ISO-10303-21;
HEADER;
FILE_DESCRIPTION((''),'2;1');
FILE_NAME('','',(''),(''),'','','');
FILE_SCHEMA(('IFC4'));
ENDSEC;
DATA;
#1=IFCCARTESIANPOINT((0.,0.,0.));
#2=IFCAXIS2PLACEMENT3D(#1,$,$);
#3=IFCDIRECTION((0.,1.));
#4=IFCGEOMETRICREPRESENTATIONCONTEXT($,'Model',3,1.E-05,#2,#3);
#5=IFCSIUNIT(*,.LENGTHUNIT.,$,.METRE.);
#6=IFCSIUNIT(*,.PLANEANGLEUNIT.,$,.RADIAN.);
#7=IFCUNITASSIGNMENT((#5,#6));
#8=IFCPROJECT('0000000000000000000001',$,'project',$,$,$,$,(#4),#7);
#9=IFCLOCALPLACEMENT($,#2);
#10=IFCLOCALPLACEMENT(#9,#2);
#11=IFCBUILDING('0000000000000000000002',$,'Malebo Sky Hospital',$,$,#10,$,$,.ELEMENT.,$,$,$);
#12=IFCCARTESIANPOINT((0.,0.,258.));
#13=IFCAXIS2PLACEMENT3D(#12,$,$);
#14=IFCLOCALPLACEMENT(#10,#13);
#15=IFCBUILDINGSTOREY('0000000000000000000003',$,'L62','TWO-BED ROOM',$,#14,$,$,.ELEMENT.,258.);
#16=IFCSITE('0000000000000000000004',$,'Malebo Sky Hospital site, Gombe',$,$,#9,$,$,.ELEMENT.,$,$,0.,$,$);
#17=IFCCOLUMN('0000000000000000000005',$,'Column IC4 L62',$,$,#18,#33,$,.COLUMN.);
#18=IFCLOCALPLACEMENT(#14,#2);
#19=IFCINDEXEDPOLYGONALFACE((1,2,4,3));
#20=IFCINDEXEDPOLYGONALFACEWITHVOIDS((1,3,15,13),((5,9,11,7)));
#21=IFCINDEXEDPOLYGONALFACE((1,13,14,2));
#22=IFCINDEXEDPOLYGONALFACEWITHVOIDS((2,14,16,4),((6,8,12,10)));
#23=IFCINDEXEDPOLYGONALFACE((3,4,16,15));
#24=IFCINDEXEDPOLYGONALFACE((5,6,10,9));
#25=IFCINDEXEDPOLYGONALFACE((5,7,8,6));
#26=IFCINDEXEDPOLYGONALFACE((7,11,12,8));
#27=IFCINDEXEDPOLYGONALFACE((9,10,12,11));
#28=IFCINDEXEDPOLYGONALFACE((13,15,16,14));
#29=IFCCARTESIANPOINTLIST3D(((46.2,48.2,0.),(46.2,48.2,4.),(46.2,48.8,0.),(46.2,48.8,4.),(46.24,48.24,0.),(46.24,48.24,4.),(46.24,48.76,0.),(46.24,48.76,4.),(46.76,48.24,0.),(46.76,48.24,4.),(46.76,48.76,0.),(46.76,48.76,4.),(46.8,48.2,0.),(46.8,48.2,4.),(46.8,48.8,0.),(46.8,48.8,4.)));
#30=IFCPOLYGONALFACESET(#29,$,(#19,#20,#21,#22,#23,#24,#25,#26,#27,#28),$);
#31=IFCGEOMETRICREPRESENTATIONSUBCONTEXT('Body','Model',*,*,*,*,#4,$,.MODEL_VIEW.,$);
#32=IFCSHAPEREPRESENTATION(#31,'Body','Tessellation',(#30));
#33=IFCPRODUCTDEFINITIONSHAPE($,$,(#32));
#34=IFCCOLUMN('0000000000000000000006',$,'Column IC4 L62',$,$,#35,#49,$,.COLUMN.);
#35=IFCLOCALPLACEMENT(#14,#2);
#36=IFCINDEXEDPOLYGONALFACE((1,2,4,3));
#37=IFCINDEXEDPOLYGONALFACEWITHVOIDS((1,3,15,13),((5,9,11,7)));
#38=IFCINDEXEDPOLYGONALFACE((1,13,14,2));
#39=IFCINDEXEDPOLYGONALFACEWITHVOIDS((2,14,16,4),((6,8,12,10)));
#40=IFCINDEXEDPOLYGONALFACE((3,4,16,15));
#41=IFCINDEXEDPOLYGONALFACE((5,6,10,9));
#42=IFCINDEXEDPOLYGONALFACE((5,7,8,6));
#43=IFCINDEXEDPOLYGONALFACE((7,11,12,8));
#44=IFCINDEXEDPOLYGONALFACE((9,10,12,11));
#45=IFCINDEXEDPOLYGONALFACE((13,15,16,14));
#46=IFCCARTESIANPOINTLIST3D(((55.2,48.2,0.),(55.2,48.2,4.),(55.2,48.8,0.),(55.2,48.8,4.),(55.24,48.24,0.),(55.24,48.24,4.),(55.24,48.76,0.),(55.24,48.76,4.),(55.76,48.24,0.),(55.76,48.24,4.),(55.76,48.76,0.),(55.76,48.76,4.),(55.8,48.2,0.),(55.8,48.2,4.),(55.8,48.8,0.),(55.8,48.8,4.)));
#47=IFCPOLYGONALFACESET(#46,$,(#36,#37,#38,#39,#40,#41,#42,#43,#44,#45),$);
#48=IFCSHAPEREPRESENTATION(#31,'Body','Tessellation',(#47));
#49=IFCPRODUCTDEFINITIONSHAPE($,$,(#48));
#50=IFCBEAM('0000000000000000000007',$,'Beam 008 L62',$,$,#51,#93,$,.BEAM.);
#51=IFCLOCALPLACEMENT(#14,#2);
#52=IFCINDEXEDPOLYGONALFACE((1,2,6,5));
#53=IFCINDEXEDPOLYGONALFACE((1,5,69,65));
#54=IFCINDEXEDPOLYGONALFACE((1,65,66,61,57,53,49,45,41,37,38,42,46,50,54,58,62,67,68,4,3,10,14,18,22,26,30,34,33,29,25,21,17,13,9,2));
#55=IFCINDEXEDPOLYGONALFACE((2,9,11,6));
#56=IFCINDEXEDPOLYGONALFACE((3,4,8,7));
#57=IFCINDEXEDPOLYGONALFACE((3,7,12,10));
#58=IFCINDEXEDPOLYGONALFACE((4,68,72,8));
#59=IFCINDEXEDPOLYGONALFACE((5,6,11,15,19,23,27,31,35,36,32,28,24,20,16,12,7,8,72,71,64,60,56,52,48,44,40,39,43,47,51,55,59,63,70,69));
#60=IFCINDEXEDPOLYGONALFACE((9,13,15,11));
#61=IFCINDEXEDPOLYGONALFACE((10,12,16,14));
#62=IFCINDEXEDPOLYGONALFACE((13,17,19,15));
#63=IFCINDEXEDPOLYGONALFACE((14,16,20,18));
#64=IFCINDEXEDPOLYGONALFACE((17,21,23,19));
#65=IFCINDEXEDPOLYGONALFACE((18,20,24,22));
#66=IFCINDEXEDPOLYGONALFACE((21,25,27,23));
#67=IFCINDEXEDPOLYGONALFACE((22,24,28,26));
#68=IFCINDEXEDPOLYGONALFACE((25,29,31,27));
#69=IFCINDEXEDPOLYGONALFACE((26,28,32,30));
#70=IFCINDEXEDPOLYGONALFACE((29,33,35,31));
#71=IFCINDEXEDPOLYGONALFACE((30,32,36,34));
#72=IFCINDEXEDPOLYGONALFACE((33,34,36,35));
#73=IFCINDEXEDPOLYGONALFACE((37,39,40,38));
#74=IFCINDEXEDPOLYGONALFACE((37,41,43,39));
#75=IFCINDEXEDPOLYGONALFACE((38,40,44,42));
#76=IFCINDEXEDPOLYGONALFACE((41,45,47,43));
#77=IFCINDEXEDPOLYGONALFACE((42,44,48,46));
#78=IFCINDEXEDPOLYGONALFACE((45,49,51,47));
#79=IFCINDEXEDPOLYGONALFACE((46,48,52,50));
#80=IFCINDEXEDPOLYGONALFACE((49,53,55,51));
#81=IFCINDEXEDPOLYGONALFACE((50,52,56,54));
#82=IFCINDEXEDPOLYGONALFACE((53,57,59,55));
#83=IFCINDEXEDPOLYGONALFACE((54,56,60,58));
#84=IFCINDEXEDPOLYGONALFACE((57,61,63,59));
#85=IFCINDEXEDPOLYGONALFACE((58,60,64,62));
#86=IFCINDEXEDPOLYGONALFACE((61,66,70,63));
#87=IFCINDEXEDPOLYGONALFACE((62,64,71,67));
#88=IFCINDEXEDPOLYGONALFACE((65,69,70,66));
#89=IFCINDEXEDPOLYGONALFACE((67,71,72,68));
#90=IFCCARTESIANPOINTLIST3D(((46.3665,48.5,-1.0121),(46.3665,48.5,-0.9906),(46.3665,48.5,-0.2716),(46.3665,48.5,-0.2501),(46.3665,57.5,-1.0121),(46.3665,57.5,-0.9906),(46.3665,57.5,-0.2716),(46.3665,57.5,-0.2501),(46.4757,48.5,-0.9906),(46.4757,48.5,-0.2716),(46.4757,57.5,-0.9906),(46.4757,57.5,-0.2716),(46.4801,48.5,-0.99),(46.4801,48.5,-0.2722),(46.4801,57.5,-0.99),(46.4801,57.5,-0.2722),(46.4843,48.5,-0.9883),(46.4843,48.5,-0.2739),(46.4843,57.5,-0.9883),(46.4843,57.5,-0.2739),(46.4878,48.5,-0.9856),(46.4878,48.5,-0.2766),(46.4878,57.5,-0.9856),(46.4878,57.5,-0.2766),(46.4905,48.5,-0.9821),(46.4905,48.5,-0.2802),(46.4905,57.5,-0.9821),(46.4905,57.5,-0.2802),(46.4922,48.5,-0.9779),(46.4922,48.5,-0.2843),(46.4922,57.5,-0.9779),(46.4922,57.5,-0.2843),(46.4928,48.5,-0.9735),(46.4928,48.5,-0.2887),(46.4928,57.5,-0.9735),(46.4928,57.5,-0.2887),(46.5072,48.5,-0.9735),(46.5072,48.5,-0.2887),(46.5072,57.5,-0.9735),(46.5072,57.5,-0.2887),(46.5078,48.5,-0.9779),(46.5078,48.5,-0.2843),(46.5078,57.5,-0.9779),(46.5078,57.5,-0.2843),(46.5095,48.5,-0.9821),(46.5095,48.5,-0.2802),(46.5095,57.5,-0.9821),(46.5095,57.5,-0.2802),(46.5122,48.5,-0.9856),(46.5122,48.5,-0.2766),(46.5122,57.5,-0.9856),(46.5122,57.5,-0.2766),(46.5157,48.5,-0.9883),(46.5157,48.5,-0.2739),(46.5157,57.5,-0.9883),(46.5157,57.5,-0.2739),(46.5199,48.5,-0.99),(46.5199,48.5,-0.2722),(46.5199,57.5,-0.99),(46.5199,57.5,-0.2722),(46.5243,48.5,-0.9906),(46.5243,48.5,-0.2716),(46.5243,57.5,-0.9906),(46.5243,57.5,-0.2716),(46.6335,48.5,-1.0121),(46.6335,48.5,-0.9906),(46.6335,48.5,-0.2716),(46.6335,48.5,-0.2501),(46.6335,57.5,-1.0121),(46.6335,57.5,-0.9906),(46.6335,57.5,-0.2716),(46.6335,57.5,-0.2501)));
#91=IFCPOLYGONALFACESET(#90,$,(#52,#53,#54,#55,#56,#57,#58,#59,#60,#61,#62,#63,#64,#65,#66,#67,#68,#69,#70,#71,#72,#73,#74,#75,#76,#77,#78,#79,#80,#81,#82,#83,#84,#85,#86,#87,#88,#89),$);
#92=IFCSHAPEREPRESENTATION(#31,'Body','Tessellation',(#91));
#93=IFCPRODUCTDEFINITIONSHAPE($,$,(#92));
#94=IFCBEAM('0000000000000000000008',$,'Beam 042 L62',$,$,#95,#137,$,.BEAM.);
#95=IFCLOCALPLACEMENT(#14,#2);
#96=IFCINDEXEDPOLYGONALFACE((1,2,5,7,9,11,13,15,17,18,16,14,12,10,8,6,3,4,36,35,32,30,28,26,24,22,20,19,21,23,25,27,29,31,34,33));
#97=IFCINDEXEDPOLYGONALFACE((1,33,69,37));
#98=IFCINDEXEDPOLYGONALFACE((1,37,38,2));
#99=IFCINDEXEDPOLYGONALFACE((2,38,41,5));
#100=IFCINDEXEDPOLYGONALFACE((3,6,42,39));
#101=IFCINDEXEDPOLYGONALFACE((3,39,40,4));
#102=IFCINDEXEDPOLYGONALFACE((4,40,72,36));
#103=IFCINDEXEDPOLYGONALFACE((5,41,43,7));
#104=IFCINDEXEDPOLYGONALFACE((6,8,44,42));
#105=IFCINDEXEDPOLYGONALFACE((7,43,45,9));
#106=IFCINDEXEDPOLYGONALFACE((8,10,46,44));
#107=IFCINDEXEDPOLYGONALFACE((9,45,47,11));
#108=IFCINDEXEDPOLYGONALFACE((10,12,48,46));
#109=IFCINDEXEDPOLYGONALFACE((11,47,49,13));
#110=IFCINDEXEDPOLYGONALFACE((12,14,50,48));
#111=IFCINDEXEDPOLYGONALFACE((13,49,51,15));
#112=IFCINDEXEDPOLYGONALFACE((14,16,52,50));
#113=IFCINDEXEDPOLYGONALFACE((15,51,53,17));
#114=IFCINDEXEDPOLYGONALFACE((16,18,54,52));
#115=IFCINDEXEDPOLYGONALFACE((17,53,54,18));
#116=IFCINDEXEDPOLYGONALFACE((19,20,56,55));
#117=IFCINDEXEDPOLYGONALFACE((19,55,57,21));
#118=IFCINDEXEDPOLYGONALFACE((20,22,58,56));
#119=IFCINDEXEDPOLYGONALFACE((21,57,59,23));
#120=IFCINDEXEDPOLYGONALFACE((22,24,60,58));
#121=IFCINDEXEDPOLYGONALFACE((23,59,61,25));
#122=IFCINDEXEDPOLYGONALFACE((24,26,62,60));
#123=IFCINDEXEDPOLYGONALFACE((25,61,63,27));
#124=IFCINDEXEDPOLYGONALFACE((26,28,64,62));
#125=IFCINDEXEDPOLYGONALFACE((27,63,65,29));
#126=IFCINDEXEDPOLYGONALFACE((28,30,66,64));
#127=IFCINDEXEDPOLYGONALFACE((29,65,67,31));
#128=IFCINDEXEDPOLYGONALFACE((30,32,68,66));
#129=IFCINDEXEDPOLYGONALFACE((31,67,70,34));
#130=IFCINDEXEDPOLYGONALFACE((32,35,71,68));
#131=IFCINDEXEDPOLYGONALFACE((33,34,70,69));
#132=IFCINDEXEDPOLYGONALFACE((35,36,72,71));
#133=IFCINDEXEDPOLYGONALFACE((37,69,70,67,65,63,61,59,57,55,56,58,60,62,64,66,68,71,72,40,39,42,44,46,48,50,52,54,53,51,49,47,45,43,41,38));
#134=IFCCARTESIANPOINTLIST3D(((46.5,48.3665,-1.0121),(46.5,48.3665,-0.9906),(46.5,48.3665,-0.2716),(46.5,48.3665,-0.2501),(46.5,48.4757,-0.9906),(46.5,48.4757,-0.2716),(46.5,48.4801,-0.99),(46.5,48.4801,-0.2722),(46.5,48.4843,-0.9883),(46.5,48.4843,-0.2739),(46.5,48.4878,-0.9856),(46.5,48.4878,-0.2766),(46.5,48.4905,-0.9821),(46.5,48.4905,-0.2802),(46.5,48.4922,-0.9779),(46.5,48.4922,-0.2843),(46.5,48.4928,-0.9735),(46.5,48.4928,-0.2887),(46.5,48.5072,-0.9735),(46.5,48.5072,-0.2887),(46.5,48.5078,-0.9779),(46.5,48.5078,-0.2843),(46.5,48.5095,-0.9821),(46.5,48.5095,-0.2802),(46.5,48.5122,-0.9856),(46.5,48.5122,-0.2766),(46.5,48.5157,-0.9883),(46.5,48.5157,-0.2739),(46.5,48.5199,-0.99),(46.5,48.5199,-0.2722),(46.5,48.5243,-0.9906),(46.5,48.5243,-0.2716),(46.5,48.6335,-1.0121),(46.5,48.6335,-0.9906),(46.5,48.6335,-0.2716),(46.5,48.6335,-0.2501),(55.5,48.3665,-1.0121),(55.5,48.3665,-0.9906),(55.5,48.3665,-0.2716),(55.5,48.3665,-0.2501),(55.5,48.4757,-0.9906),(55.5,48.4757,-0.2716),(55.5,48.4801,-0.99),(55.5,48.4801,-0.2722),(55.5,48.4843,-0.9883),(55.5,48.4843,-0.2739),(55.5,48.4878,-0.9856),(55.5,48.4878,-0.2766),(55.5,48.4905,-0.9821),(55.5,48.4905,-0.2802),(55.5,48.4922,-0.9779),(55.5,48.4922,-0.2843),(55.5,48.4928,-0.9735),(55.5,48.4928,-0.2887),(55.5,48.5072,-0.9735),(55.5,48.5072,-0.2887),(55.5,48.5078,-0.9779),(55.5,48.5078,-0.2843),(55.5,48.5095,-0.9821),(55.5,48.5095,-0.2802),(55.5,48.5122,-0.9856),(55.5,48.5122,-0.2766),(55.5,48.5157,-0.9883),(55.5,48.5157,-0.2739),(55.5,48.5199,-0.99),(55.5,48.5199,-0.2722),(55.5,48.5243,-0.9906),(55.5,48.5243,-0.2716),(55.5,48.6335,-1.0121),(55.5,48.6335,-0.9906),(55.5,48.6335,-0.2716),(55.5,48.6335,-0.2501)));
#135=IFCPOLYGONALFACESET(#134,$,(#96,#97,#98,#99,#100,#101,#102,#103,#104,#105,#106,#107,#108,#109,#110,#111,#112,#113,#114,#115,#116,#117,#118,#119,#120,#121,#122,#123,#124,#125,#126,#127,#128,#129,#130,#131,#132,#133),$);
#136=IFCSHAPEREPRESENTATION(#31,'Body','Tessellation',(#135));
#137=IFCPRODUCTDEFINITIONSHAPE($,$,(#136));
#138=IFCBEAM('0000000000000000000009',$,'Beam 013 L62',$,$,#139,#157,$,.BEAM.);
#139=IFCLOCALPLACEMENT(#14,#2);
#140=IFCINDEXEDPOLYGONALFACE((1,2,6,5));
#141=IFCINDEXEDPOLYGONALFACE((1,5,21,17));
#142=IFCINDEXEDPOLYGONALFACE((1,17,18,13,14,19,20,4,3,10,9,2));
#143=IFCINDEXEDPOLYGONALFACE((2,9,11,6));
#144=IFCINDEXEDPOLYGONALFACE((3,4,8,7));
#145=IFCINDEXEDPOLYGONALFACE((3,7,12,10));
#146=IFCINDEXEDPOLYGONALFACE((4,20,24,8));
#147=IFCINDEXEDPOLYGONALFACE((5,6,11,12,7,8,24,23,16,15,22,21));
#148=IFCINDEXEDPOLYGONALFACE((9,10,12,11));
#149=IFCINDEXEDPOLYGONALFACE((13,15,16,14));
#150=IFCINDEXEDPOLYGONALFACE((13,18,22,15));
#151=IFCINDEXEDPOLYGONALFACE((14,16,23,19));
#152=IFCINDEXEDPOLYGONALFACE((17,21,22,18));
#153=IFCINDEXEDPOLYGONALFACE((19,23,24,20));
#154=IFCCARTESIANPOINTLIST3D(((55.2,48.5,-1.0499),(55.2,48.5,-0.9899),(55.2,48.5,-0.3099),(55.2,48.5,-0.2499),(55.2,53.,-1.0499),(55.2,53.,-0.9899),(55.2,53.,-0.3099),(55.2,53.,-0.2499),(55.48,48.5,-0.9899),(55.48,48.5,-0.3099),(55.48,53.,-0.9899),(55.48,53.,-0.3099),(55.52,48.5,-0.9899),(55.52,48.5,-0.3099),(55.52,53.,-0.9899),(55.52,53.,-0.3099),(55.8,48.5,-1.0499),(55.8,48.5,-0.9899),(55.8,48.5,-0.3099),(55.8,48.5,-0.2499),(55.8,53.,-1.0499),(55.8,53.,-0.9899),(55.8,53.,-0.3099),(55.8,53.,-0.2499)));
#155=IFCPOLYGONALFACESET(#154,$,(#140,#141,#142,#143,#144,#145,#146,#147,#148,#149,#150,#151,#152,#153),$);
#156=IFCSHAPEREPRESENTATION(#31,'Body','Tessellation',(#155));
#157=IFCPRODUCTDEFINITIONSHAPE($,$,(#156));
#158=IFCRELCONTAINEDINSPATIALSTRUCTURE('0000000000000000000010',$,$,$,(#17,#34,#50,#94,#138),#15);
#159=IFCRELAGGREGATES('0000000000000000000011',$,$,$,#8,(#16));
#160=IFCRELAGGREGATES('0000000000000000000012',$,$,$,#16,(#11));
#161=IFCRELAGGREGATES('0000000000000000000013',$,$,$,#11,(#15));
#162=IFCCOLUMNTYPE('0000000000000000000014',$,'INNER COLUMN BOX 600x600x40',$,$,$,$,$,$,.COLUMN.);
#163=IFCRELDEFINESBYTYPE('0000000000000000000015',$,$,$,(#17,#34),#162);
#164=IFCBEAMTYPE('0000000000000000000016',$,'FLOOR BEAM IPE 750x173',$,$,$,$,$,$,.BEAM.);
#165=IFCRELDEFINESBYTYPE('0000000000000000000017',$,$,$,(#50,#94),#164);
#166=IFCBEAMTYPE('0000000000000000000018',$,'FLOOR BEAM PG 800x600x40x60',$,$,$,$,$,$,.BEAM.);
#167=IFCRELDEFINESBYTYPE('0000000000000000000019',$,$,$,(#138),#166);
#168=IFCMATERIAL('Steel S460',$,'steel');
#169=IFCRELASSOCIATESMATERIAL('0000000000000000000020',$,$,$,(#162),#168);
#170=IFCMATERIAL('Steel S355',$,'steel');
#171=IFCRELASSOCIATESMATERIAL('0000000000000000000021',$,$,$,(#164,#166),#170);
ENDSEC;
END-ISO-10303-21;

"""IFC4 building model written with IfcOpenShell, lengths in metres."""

from ifc_helpers import new_model, si_unit, direction, frame, origin, origin_2d, place, context, subcontext, project, spatial, hollow_rectangle, i_section, extrude, material, material_profile, profile_set, type_object, element, save


model = new_model("IFC4")

# Units and contexts
model_context = context("Model", 3, precision=1e-05, world=origin(), true_north=direction((0.0, 1.0)))
body_context = subcontext(model_context, "Body", "Model", "MODEL_VIEW")
ifc_project = project(units=[si_unit("LENGTHUNIT", "METRE"), si_unit("PLANEANGLEUNIT", "RADIAN")], contexts=[model_context])

# Site, building, storey
site_placement = place(None, origin())
site = spatial("IfcSite", under=ifc_project, at=site_placement, Name="Malebo Sky Hospital site, Gombe", CompositionType="ELEMENT", RefElevation=0.0)
building_placement = place(site_placement, origin())
building = spatial("IfcBuilding", under=site, at=building_placement, Name="Malebo Sky Hospital", CompositionType="ELEMENT")
storey_placement = place(building_placement, frame((0.0, 0.0, 258.0)))
storey = spatial("IfcBuildingStorey", under=building, at=storey_placement, Name="L62", Description="TWO-BED ROOM", CompositionType="ELEMENT", Elevation=258.0)

# Columns
ifc_material_1 = material(Name="Steel S460", Category="steel")
ifc_material_profile_1 = material_profile(ifc_material_1, hollow_rectangle(XDim=0.6001, YDim=0.6001, WallThickness=0.04, at=origin_2d()), Name="BOX 600x600x40")
ifc_profile_set_1 = profile_set([ifc_material_profile_1], Name="Steel S460")
column_type = type_object("IfcColumnType", Name="INNER COLUMN BOX 600x600x40", PredefinedType="COLUMN", material=ifc_profile_set_1)
for number, where, z_axis, x_axis, name in (
    (1, (46.5, 48.5, 0.0), (0.0, 0.0, 1.0), (1.0, 0.0, 0.0), "Column IC4 L62"),
    (2, (55.5, 48.5, 0.0), (0.0, 0.0, 1.0), (1.0, 0.0, 0.0), "Column IC4 L62"),
):
    element("IfcColumn", number, at=place(storey_placement, frame(where, z_axis=z_axis, x_axis=x_axis)), inside=storey, type_object=column_type, Name=name, PredefinedType="COLUMN", context=body_context, shape_type="SweptSolid", body=[
        extrude(hollow_rectangle(XDim=0.6001, YDim=0.6001, WallThickness=0.04, at=origin_2d()), origin(), (0.0, 0.0, 1.0), 4.0),
    ])

# Beams
ifc_material_2 = material(Name="Steel S355", Category="steel")
ifc_material_profile_2 = material_profile(ifc_material_2, i_section(OverallWidth=0.2671, OverallDepth=0.762, WebThickness=0.0144, FlangeThickness=0.0215, FilletRadius=0.0171, at=origin_2d()), Name="IPE 750x173")
ifc_profile_set_2 = profile_set([ifc_material_profile_2], Name="Steel S355")
beam_type_1 = type_object("IfcBeamType", Name="FLOOR BEAM IPE 750x173", PredefinedType="BEAM", material=ifc_profile_set_2)
for number, where, z_axis, x_axis, name in (
    (3, (46.5, 48.5, -0.6311), (0.0, 1.0, 0.0), (-1.0, 0.0, 0.0), "Beam 008 L62"),
    (4, (46.5, 48.5, -0.6311), (1.0, 0.0, 0.0), (0.0, 1.0, 0.0), "Beam 042 L62"),
):
    element("IfcBeam", number, at=place(storey_placement, frame(where, z_axis=z_axis, x_axis=x_axis)), inside=storey, type_object=beam_type_1, Name=name, PredefinedType="BEAM", context=body_context, shape_type="SweptSolid", body=[
        extrude(i_section(OverallWidth=0.2671, OverallDepth=0.762, WebThickness=0.0144, FlangeThickness=0.0215, FilletRadius=0.0171, at=origin_2d()), origin(), (0.0, 0.0, 1.0), 9.0),
    ])
ifc_material_profile_3 = material_profile(ifc_material_2, i_section(OverallWidth=0.6001, OverallDepth=0.8, WebThickness=0.04, FlangeThickness=0.0601, at=origin_2d()), Name="PG 800x600x40x60")
ifc_profile_set_3 = profile_set([ifc_material_profile_3], Name="Steel S355")
beam_type_2 = type_object("IfcBeamType", Name="FLOOR BEAM PG 800x600x40x60", PredefinedType="BEAM", material=ifc_profile_set_3)
beam_1_placement = place(storey_placement, frame((55.5, 48.5, -0.6499), z_axis=(0.0, 1.0, 0.0), x_axis=(-1.0, 0.0, 0.0)))
element("IfcBeam", 5, at=beam_1_placement, inside=storey, type_object=beam_type_2, Name="Beam 013 L62", PredefinedType="BEAM", context=body_context, shape_type="SweptSolid", body=[
    extrude(i_section(OverallWidth=0.6001, OverallDepth=0.8, WebThickness=0.04, FlangeThickness=0.0601, at=origin_2d()), origin(), (0.0, 0.0, 1.0), 4.5),
])

save(model, "model.ifc")
